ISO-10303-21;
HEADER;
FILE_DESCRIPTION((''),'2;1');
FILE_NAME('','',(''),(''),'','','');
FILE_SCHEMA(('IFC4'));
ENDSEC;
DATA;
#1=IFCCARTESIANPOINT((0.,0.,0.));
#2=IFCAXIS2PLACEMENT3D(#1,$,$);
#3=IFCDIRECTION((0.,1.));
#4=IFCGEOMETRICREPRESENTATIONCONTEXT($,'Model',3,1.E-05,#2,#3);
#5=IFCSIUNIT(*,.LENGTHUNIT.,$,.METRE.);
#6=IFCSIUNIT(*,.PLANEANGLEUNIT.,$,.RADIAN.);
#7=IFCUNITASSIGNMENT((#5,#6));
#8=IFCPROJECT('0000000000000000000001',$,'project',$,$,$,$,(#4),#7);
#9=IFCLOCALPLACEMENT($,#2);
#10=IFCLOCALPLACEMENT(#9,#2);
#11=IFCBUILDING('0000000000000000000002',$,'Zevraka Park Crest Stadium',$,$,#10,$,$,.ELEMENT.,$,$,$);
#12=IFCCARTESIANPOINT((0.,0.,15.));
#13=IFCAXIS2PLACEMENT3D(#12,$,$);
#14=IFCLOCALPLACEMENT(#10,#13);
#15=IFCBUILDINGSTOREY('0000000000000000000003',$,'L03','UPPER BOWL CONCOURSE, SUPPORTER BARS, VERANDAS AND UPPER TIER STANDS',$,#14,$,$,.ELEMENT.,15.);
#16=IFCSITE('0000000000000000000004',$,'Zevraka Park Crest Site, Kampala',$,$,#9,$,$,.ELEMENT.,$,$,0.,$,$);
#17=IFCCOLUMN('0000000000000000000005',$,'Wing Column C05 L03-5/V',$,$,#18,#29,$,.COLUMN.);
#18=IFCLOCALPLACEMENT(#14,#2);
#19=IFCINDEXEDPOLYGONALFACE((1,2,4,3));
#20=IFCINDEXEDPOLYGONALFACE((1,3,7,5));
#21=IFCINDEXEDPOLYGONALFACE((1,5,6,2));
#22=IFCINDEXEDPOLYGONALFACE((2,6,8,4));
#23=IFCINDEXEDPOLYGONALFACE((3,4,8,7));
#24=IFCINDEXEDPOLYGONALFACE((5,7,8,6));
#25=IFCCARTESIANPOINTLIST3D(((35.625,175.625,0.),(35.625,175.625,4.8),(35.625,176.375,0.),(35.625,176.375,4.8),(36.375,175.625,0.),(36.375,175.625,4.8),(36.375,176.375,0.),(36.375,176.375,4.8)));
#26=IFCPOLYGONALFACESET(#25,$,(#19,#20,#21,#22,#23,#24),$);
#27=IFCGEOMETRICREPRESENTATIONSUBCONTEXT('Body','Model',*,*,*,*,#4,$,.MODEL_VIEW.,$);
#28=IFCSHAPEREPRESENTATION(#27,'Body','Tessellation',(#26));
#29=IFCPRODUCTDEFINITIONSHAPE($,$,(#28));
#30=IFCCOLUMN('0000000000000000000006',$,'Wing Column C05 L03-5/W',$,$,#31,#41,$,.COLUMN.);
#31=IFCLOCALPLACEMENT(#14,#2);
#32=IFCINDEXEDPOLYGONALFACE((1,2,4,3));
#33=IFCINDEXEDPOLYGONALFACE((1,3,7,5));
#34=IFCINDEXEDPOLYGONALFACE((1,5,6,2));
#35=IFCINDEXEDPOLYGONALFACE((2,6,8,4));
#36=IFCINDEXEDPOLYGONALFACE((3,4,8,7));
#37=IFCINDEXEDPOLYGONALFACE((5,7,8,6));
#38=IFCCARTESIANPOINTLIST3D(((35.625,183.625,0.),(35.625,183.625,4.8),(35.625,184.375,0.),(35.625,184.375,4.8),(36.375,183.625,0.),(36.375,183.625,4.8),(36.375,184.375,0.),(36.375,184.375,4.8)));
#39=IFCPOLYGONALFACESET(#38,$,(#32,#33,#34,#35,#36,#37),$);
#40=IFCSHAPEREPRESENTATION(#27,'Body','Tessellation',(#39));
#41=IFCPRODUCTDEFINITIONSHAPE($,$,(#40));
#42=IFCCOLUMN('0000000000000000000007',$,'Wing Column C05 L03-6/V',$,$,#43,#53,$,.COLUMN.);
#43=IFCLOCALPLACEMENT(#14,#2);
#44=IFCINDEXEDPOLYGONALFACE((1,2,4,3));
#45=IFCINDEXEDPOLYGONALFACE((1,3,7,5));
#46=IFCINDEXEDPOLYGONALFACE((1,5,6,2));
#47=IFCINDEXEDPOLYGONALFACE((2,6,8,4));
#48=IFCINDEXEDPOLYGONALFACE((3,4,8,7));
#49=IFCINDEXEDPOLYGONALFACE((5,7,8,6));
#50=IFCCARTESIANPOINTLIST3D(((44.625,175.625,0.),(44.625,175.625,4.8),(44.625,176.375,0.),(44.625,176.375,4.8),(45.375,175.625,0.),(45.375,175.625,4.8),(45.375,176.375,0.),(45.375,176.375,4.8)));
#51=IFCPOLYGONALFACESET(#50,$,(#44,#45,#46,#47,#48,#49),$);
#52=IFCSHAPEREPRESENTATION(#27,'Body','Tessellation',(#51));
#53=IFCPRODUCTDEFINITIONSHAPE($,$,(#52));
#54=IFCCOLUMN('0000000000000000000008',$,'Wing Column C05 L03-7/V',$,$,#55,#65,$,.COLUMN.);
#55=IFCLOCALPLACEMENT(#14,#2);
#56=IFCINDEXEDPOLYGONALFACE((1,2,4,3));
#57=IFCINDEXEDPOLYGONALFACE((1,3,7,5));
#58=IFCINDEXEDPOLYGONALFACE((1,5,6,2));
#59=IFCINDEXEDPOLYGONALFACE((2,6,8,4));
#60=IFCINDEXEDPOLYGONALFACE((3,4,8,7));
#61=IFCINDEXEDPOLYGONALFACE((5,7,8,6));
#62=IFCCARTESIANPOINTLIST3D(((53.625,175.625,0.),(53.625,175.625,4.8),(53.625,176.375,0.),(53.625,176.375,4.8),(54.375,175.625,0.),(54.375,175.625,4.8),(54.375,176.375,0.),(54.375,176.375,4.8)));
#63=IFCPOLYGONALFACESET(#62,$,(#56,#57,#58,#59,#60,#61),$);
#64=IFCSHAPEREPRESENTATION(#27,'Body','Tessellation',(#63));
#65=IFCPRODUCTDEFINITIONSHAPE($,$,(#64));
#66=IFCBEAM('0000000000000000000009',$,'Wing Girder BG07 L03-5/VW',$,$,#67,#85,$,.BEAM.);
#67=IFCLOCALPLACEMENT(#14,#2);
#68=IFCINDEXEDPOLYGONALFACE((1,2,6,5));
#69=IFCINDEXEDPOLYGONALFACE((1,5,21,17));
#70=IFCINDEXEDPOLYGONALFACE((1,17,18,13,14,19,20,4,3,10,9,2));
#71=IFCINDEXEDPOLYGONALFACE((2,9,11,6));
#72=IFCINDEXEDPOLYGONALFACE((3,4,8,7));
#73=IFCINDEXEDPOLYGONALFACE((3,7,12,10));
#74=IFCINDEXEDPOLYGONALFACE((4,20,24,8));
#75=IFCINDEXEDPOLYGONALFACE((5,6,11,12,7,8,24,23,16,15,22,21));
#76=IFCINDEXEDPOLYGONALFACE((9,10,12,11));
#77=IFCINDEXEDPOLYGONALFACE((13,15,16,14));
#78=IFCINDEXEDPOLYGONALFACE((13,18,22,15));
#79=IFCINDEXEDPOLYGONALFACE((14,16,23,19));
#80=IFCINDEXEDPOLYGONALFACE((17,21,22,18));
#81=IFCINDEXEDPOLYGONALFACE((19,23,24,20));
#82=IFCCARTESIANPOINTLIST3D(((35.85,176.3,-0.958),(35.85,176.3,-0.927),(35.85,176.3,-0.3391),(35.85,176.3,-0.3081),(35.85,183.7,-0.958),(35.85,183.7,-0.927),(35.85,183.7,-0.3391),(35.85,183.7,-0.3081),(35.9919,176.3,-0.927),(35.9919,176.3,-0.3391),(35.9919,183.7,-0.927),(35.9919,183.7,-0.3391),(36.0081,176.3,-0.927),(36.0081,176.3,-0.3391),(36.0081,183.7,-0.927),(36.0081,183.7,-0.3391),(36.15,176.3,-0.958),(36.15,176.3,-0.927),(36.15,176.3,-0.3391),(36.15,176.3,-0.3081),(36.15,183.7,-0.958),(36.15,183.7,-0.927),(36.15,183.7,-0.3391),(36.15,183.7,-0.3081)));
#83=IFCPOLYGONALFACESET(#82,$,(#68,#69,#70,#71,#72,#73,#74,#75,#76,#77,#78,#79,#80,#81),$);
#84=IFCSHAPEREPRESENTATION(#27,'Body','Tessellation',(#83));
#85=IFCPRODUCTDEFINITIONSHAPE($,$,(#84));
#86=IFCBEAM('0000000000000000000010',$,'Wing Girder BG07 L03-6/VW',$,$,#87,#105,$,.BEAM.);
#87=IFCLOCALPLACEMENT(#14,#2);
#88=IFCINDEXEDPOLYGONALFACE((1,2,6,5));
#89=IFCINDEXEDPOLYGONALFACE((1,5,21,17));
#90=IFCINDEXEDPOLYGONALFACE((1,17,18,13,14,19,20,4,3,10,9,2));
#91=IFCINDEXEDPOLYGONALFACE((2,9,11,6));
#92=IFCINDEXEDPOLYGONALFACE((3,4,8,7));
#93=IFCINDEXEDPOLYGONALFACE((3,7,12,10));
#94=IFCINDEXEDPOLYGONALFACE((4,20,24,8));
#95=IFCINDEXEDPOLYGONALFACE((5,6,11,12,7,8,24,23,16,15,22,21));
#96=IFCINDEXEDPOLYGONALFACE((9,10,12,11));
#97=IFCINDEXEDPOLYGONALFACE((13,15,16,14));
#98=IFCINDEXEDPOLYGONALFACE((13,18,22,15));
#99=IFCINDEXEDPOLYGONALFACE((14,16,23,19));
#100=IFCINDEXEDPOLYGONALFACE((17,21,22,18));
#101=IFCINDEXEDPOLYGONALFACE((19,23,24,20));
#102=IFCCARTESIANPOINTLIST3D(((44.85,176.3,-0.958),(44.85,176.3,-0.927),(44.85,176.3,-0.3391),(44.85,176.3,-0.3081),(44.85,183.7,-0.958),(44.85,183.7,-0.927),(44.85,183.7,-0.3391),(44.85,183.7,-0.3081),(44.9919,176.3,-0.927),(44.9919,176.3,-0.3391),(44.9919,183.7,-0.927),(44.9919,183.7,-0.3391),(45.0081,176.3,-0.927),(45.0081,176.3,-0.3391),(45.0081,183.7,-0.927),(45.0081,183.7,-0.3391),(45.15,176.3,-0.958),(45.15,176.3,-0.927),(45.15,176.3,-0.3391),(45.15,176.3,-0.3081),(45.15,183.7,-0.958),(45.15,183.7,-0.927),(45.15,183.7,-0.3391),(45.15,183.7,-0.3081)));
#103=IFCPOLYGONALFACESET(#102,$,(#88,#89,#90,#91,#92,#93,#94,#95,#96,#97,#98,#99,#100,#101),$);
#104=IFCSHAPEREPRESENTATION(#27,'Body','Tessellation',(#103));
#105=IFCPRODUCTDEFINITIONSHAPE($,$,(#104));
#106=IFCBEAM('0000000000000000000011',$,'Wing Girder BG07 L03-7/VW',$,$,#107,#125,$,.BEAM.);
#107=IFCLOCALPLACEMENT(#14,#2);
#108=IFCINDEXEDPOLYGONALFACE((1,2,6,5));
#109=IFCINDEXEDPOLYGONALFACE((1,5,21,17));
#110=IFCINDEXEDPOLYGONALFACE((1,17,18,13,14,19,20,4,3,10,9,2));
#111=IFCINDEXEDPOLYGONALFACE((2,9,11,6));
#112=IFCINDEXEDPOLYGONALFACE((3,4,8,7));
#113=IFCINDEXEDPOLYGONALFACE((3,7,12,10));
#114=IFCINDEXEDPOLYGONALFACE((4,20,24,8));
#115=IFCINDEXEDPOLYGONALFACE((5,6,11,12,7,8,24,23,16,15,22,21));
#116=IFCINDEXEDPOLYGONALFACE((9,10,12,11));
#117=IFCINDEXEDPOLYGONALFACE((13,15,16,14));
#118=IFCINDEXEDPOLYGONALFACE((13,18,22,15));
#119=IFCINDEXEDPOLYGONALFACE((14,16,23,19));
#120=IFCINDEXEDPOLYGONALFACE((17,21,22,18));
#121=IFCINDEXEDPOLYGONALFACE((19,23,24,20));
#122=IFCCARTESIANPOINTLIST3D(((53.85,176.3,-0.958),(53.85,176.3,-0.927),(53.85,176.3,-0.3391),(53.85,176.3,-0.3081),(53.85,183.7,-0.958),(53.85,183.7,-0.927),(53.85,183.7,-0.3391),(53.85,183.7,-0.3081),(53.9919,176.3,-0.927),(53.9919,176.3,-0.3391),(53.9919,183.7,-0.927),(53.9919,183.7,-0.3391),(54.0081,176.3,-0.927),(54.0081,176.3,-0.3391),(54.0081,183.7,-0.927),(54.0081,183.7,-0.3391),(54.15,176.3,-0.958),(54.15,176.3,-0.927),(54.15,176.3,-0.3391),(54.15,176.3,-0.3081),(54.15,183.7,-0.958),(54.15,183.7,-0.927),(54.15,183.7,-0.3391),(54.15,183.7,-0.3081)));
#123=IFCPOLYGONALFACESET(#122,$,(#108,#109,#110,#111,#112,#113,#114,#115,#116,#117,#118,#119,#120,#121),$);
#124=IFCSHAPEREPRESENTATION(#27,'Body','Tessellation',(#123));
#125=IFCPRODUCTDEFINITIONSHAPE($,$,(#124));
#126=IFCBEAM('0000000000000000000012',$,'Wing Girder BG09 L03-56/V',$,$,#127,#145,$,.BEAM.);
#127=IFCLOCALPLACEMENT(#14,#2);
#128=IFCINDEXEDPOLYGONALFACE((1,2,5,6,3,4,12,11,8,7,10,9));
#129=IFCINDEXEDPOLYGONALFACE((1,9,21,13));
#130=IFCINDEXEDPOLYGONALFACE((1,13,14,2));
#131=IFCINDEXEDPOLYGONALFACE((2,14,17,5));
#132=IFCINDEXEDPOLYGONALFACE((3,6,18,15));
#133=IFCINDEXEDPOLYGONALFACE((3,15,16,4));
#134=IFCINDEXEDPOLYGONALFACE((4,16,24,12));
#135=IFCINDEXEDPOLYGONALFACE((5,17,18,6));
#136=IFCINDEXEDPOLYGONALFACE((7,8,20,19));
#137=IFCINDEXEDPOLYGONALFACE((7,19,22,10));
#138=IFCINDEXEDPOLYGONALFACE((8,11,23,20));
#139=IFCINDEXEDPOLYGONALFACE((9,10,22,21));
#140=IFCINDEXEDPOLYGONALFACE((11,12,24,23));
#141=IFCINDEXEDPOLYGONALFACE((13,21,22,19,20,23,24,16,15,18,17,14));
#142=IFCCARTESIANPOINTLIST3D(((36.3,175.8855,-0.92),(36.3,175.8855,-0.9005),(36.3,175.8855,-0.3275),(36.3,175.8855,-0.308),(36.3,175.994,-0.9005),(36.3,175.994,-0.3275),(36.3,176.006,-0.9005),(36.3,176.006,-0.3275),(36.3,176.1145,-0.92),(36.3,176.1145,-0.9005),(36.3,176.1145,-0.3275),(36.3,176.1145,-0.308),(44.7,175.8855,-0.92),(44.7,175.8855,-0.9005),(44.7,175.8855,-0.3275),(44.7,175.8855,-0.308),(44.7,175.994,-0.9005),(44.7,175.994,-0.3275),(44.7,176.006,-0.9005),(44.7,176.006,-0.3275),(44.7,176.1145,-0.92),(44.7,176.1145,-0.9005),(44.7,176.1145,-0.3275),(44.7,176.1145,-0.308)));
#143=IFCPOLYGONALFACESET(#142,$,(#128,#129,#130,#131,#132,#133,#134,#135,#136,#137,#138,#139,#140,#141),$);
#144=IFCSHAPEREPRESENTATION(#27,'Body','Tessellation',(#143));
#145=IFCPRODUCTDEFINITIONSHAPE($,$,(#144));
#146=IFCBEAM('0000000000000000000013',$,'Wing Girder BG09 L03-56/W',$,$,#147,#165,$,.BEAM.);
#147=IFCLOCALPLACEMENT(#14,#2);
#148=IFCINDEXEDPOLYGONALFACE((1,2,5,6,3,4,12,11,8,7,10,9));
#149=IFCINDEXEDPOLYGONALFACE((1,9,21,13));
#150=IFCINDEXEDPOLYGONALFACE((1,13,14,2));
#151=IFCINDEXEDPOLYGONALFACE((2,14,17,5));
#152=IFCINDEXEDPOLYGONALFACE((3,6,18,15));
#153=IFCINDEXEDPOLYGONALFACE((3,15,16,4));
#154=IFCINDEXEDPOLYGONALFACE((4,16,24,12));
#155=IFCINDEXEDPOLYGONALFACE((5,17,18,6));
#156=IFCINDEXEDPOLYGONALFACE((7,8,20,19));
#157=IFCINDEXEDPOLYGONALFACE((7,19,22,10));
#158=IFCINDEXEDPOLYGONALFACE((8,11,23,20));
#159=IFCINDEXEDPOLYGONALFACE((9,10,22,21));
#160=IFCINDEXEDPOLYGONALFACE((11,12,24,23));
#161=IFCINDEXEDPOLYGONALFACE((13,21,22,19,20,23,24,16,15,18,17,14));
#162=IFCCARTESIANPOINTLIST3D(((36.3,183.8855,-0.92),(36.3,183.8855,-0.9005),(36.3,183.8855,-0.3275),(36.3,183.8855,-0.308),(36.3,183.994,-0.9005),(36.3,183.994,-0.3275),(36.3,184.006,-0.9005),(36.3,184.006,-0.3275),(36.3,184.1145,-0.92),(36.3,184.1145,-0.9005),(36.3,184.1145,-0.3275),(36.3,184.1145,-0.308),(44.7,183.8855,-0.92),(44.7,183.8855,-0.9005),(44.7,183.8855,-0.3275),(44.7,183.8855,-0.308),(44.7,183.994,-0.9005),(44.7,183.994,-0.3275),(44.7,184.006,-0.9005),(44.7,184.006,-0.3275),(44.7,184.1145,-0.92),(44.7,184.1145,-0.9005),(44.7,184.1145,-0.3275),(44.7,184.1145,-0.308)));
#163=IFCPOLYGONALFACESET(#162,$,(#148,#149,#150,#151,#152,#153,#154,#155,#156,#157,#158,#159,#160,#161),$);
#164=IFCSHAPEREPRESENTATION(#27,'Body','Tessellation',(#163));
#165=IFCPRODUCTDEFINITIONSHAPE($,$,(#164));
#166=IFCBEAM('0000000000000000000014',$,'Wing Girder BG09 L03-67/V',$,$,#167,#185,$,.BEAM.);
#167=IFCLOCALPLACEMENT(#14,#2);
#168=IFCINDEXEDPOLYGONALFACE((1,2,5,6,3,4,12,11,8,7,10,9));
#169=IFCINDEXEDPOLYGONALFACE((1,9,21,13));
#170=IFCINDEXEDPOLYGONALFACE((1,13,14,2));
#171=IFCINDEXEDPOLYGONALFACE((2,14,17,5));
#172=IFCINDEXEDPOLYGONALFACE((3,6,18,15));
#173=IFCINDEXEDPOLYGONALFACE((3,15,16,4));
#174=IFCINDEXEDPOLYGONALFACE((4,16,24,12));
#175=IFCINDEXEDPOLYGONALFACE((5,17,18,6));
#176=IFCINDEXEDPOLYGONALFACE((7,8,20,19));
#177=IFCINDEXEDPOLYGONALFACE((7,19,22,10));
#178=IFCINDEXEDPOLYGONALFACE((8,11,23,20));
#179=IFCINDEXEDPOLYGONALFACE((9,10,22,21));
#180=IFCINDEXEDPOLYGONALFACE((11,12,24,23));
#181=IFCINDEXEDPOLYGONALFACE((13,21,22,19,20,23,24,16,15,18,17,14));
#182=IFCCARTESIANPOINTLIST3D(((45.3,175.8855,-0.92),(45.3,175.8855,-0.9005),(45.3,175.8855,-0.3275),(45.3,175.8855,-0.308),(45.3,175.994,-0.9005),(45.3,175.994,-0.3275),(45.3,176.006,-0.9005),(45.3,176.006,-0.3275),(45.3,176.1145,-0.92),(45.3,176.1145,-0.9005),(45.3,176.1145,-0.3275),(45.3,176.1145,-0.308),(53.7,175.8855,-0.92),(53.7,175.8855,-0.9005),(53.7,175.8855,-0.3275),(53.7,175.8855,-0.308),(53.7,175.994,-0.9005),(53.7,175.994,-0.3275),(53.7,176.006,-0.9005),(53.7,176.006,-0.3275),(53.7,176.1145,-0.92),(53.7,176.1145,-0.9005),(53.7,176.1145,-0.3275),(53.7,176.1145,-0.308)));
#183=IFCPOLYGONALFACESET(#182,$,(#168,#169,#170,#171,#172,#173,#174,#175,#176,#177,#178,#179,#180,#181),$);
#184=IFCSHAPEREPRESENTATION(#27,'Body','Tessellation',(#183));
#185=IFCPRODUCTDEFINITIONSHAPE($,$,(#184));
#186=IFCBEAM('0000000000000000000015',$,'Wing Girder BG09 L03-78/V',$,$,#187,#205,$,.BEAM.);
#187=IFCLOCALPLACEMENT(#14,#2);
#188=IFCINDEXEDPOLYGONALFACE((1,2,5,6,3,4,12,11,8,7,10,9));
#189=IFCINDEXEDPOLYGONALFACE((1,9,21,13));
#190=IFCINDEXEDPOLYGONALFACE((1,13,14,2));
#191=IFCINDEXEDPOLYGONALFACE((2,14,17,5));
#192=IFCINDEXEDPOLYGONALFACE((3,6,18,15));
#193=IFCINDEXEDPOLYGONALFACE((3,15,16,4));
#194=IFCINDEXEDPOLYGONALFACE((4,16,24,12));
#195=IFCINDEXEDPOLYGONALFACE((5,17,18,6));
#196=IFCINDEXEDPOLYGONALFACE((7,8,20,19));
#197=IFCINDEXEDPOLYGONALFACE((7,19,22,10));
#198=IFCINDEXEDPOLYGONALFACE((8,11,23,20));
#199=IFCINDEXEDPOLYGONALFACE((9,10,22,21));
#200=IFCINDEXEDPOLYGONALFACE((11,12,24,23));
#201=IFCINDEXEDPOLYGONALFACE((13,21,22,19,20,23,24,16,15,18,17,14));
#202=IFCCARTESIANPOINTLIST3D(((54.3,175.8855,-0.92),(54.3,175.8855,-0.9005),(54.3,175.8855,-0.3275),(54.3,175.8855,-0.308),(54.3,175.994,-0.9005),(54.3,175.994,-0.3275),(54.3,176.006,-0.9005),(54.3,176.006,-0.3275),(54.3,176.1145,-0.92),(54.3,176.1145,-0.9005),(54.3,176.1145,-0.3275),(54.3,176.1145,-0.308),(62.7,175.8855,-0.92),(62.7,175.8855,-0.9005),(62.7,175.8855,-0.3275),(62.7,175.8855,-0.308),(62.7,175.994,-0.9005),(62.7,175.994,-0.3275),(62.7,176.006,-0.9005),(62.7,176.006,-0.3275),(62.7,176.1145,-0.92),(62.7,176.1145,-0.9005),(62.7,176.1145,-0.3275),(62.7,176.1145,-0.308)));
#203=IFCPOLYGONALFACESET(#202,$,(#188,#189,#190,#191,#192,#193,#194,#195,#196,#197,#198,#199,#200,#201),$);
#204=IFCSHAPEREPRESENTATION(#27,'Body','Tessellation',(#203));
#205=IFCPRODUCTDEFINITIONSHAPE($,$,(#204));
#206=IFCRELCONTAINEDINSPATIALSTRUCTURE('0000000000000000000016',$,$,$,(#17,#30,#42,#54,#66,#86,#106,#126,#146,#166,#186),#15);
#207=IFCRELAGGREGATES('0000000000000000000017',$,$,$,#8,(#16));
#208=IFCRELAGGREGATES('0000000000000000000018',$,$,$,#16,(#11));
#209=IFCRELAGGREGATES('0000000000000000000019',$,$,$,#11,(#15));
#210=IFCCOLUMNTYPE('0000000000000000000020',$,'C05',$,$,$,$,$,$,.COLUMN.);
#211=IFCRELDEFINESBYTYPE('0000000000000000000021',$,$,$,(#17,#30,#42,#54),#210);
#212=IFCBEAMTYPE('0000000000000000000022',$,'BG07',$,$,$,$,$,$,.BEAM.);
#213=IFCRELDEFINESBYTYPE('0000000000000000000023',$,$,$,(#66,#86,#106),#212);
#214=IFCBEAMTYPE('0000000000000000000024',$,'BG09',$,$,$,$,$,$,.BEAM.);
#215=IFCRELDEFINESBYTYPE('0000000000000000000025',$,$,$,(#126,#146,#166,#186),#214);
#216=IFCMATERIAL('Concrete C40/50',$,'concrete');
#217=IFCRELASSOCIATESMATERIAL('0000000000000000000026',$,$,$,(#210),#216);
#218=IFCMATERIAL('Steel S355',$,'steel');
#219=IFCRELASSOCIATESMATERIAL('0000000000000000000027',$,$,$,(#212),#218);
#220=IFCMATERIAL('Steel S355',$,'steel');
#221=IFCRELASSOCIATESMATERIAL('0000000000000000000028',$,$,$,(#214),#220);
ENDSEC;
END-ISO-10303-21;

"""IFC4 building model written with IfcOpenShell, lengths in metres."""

from ifc_helpers import new_model, si_unit, direction, frame, origin, origin_2d, place, context, subcontext, project, spatial, rectangle, i_section, extrude, material, material_profile, profile_set, type_object, element, save


model = new_model("IFC4")

# Units and contexts
model_context = context("Model", 3, precision=1e-05, world=origin(), true_north=direction((0.0, 1.0)))
body_context = subcontext(model_context, "Body", "Model", "MODEL_VIEW")
ifc_project = project(units=[si_unit("LENGTHUNIT", "METRE"), si_unit("PLANEANGLEUNIT", "RADIAN")], contexts=[model_context])

# Site, building, storey
site_placement = place(None, origin())
site = spatial("IfcSite", under=ifc_project, at=site_placement, Name="Zevraka Park Crest Site, Kampala", CompositionType="ELEMENT", RefElevation=0.0)
building_placement = place(site_placement, origin())
building = spatial("IfcBuilding", under=site, at=building_placement, Name="Zevraka Park Crest Stadium", CompositionType="ELEMENT")
storey_placement = place(building_placement, frame((0.0, 0.0, 15.0)))
storey = spatial("IfcBuildingStorey", under=building, at=storey_placement, Name="L03", Description="UPPER BOWL CONCOURSE, SUPPORTER BARS, VERANDAS AND UPPER TIER STANDS", CompositionType="ELEMENT", Elevation=15.0)

# Columns
ifc_material_1 = material(Name="Concrete C40/50", Category="concrete")
ifc_material_profile_1 = material_profile(ifc_material_1, rectangle(XDim=0.75, YDim=0.75, at=origin_2d()), Name="RC 750x750")
ifc_profile_set_1 = profile_set([ifc_material_profile_1], Name="Concrete C40/50")
column_type = type_object("IfcColumnType", Name="C05", PredefinedType="COLUMN", material=ifc_profile_set_1)
for number, where, z_axis, x_axis, name in (
    (1, (36.0, 176.0, 0.0), (0.0, 0.0, 1.0), (1.0, 0.0, 0.0), "Wing Column C05 L03-5/V"),
    (2, (36.0, 184.0, 0.0), (0.0, 0.0, 1.0), (1.0, 0.0, 0.0), "Wing Column C05 L03-5/W"),
    (3, (45.0, 176.0, 0.0), (0.0, 0.0, 1.0), (1.0, 0.0, 0.0), "Wing Column C05 L03-6/V"),
    (4, (54.0, 176.0, 0.0), (0.0, 0.0, 1.0), (1.0, 0.0, 0.0), "Wing Column C05 L03-7/V"),
):
    element("IfcColumn", number, at=place(storey_placement, frame(where, z_axis=z_axis, x_axis=x_axis)), inside=storey, type_object=column_type, Name=name, PredefinedType="COLUMN", context=body_context, shape_type="SweptSolid", body=[
        extrude(rectangle(XDim=0.75, YDim=0.75, at=origin_2d()), origin(), (0.0, 0.0, 1.0), 4.8),
    ])

# Beams
ifc_material_2 = material(Name="Steel S355", Category="steel")
ifc_material_profile_2 = material_profile(ifc_material_2, i_section(OverallWidth=0.3, OverallDepth=0.6499, WebThickness=0.0161, FlangeThickness=0.031, at=origin_2d()), Name="HEB 650")
ifc_profile_set_2 = profile_set([ifc_material_profile_2], Name="Steel S355")
beam_type_1 = type_object("IfcBeamType", Name="BG07", PredefinedType="BEAM", material=ifc_profile_set_2)
for number, where, z_axis, x_axis, name in (
    (5, (36.0, 176.3, -0.6331), (0.0, 1.0, 0.0), (-1.0, 0.0, 0.0), "Wing Girder BG07 L03-5/VW"),
    (6, (45.0, 176.3, -0.6331), (0.0, 1.0, 0.0), (-1.0, 0.0, 0.0), "Wing Girder BG07 L03-6/VW"),
    (7, (54.0, 176.3, -0.6331), (0.0, 1.0, 0.0), (-1.0, 0.0, 0.0), "Wing Girder BG07 L03-7/VW"),
):
    element("IfcBeam", number, at=place(storey_placement, frame(where, z_axis=z_axis, x_axis=x_axis)), inside=storey, type_object=beam_type_1, Name=name, PredefinedType="BEAM", context=body_context, shape_type="SweptSolid", body=[
        extrude(i_section(OverallWidth=0.3, OverallDepth=0.6499, WebThickness=0.0161, FlangeThickness=0.031, at=origin_2d()), origin(), (0.0, 0.0, 1.0), 7.3999),
    ])
ifc_material_3 = material(Name="Steel S355", Category="steel")
ifc_material_profile_3 = material_profile(ifc_material_3, i_section(OverallWidth=0.229, OverallDepth=0.6121, WebThickness=0.012, FlangeThickness=0.0195, at=origin_2d()), Name="UKB 610x229x125")
ifc_profile_set_3 = profile_set([ifc_material_profile_3], Name="Steel S355")
beam_type_2 = type_object("IfcBeamType", Name="BG09", PredefinedType="BEAM", material=ifc_profile_set_3)
for number, where, z_axis, x_axis, name in (
    (8, (36.3, 176.0, -0.614), (1.0, 0.0, 0.0), (0.0, 1.0, 0.0), "Wing Girder BG09 L03-56/V"),
    (9, (36.3, 184.0, -0.614), (1.0, 0.0, 0.0), (0.0, 1.0, 0.0), "Wing Girder BG09 L03-56/W"),
    (10, (45.3, 176.0, -0.614), (1.0, 0.0, 0.0), (0.0, 1.0, 0.0), "Wing Girder BG09 L03-67/V"),
    (11, (54.3, 176.0, -0.614), (1.0, 0.0, 0.0), (0.0, 1.0, 0.0), "Wing Girder BG09 L03-78/V"),
):
    element("IfcBeam", number, at=place(storey_placement, frame(where, z_axis=z_axis, x_axis=x_axis)), inside=storey, type_object=beam_type_2, Name=name, PredefinedType="BEAM", context=body_context, shape_type="SweptSolid", body=[
        extrude(i_section(OverallWidth=0.229, OverallDepth=0.6121, WebThickness=0.012, FlangeThickness=0.0195, at=origin_2d()), origin(), (0.0, 0.0, 1.0), 8.3999),
    ])

save(model, "model.ifc")
